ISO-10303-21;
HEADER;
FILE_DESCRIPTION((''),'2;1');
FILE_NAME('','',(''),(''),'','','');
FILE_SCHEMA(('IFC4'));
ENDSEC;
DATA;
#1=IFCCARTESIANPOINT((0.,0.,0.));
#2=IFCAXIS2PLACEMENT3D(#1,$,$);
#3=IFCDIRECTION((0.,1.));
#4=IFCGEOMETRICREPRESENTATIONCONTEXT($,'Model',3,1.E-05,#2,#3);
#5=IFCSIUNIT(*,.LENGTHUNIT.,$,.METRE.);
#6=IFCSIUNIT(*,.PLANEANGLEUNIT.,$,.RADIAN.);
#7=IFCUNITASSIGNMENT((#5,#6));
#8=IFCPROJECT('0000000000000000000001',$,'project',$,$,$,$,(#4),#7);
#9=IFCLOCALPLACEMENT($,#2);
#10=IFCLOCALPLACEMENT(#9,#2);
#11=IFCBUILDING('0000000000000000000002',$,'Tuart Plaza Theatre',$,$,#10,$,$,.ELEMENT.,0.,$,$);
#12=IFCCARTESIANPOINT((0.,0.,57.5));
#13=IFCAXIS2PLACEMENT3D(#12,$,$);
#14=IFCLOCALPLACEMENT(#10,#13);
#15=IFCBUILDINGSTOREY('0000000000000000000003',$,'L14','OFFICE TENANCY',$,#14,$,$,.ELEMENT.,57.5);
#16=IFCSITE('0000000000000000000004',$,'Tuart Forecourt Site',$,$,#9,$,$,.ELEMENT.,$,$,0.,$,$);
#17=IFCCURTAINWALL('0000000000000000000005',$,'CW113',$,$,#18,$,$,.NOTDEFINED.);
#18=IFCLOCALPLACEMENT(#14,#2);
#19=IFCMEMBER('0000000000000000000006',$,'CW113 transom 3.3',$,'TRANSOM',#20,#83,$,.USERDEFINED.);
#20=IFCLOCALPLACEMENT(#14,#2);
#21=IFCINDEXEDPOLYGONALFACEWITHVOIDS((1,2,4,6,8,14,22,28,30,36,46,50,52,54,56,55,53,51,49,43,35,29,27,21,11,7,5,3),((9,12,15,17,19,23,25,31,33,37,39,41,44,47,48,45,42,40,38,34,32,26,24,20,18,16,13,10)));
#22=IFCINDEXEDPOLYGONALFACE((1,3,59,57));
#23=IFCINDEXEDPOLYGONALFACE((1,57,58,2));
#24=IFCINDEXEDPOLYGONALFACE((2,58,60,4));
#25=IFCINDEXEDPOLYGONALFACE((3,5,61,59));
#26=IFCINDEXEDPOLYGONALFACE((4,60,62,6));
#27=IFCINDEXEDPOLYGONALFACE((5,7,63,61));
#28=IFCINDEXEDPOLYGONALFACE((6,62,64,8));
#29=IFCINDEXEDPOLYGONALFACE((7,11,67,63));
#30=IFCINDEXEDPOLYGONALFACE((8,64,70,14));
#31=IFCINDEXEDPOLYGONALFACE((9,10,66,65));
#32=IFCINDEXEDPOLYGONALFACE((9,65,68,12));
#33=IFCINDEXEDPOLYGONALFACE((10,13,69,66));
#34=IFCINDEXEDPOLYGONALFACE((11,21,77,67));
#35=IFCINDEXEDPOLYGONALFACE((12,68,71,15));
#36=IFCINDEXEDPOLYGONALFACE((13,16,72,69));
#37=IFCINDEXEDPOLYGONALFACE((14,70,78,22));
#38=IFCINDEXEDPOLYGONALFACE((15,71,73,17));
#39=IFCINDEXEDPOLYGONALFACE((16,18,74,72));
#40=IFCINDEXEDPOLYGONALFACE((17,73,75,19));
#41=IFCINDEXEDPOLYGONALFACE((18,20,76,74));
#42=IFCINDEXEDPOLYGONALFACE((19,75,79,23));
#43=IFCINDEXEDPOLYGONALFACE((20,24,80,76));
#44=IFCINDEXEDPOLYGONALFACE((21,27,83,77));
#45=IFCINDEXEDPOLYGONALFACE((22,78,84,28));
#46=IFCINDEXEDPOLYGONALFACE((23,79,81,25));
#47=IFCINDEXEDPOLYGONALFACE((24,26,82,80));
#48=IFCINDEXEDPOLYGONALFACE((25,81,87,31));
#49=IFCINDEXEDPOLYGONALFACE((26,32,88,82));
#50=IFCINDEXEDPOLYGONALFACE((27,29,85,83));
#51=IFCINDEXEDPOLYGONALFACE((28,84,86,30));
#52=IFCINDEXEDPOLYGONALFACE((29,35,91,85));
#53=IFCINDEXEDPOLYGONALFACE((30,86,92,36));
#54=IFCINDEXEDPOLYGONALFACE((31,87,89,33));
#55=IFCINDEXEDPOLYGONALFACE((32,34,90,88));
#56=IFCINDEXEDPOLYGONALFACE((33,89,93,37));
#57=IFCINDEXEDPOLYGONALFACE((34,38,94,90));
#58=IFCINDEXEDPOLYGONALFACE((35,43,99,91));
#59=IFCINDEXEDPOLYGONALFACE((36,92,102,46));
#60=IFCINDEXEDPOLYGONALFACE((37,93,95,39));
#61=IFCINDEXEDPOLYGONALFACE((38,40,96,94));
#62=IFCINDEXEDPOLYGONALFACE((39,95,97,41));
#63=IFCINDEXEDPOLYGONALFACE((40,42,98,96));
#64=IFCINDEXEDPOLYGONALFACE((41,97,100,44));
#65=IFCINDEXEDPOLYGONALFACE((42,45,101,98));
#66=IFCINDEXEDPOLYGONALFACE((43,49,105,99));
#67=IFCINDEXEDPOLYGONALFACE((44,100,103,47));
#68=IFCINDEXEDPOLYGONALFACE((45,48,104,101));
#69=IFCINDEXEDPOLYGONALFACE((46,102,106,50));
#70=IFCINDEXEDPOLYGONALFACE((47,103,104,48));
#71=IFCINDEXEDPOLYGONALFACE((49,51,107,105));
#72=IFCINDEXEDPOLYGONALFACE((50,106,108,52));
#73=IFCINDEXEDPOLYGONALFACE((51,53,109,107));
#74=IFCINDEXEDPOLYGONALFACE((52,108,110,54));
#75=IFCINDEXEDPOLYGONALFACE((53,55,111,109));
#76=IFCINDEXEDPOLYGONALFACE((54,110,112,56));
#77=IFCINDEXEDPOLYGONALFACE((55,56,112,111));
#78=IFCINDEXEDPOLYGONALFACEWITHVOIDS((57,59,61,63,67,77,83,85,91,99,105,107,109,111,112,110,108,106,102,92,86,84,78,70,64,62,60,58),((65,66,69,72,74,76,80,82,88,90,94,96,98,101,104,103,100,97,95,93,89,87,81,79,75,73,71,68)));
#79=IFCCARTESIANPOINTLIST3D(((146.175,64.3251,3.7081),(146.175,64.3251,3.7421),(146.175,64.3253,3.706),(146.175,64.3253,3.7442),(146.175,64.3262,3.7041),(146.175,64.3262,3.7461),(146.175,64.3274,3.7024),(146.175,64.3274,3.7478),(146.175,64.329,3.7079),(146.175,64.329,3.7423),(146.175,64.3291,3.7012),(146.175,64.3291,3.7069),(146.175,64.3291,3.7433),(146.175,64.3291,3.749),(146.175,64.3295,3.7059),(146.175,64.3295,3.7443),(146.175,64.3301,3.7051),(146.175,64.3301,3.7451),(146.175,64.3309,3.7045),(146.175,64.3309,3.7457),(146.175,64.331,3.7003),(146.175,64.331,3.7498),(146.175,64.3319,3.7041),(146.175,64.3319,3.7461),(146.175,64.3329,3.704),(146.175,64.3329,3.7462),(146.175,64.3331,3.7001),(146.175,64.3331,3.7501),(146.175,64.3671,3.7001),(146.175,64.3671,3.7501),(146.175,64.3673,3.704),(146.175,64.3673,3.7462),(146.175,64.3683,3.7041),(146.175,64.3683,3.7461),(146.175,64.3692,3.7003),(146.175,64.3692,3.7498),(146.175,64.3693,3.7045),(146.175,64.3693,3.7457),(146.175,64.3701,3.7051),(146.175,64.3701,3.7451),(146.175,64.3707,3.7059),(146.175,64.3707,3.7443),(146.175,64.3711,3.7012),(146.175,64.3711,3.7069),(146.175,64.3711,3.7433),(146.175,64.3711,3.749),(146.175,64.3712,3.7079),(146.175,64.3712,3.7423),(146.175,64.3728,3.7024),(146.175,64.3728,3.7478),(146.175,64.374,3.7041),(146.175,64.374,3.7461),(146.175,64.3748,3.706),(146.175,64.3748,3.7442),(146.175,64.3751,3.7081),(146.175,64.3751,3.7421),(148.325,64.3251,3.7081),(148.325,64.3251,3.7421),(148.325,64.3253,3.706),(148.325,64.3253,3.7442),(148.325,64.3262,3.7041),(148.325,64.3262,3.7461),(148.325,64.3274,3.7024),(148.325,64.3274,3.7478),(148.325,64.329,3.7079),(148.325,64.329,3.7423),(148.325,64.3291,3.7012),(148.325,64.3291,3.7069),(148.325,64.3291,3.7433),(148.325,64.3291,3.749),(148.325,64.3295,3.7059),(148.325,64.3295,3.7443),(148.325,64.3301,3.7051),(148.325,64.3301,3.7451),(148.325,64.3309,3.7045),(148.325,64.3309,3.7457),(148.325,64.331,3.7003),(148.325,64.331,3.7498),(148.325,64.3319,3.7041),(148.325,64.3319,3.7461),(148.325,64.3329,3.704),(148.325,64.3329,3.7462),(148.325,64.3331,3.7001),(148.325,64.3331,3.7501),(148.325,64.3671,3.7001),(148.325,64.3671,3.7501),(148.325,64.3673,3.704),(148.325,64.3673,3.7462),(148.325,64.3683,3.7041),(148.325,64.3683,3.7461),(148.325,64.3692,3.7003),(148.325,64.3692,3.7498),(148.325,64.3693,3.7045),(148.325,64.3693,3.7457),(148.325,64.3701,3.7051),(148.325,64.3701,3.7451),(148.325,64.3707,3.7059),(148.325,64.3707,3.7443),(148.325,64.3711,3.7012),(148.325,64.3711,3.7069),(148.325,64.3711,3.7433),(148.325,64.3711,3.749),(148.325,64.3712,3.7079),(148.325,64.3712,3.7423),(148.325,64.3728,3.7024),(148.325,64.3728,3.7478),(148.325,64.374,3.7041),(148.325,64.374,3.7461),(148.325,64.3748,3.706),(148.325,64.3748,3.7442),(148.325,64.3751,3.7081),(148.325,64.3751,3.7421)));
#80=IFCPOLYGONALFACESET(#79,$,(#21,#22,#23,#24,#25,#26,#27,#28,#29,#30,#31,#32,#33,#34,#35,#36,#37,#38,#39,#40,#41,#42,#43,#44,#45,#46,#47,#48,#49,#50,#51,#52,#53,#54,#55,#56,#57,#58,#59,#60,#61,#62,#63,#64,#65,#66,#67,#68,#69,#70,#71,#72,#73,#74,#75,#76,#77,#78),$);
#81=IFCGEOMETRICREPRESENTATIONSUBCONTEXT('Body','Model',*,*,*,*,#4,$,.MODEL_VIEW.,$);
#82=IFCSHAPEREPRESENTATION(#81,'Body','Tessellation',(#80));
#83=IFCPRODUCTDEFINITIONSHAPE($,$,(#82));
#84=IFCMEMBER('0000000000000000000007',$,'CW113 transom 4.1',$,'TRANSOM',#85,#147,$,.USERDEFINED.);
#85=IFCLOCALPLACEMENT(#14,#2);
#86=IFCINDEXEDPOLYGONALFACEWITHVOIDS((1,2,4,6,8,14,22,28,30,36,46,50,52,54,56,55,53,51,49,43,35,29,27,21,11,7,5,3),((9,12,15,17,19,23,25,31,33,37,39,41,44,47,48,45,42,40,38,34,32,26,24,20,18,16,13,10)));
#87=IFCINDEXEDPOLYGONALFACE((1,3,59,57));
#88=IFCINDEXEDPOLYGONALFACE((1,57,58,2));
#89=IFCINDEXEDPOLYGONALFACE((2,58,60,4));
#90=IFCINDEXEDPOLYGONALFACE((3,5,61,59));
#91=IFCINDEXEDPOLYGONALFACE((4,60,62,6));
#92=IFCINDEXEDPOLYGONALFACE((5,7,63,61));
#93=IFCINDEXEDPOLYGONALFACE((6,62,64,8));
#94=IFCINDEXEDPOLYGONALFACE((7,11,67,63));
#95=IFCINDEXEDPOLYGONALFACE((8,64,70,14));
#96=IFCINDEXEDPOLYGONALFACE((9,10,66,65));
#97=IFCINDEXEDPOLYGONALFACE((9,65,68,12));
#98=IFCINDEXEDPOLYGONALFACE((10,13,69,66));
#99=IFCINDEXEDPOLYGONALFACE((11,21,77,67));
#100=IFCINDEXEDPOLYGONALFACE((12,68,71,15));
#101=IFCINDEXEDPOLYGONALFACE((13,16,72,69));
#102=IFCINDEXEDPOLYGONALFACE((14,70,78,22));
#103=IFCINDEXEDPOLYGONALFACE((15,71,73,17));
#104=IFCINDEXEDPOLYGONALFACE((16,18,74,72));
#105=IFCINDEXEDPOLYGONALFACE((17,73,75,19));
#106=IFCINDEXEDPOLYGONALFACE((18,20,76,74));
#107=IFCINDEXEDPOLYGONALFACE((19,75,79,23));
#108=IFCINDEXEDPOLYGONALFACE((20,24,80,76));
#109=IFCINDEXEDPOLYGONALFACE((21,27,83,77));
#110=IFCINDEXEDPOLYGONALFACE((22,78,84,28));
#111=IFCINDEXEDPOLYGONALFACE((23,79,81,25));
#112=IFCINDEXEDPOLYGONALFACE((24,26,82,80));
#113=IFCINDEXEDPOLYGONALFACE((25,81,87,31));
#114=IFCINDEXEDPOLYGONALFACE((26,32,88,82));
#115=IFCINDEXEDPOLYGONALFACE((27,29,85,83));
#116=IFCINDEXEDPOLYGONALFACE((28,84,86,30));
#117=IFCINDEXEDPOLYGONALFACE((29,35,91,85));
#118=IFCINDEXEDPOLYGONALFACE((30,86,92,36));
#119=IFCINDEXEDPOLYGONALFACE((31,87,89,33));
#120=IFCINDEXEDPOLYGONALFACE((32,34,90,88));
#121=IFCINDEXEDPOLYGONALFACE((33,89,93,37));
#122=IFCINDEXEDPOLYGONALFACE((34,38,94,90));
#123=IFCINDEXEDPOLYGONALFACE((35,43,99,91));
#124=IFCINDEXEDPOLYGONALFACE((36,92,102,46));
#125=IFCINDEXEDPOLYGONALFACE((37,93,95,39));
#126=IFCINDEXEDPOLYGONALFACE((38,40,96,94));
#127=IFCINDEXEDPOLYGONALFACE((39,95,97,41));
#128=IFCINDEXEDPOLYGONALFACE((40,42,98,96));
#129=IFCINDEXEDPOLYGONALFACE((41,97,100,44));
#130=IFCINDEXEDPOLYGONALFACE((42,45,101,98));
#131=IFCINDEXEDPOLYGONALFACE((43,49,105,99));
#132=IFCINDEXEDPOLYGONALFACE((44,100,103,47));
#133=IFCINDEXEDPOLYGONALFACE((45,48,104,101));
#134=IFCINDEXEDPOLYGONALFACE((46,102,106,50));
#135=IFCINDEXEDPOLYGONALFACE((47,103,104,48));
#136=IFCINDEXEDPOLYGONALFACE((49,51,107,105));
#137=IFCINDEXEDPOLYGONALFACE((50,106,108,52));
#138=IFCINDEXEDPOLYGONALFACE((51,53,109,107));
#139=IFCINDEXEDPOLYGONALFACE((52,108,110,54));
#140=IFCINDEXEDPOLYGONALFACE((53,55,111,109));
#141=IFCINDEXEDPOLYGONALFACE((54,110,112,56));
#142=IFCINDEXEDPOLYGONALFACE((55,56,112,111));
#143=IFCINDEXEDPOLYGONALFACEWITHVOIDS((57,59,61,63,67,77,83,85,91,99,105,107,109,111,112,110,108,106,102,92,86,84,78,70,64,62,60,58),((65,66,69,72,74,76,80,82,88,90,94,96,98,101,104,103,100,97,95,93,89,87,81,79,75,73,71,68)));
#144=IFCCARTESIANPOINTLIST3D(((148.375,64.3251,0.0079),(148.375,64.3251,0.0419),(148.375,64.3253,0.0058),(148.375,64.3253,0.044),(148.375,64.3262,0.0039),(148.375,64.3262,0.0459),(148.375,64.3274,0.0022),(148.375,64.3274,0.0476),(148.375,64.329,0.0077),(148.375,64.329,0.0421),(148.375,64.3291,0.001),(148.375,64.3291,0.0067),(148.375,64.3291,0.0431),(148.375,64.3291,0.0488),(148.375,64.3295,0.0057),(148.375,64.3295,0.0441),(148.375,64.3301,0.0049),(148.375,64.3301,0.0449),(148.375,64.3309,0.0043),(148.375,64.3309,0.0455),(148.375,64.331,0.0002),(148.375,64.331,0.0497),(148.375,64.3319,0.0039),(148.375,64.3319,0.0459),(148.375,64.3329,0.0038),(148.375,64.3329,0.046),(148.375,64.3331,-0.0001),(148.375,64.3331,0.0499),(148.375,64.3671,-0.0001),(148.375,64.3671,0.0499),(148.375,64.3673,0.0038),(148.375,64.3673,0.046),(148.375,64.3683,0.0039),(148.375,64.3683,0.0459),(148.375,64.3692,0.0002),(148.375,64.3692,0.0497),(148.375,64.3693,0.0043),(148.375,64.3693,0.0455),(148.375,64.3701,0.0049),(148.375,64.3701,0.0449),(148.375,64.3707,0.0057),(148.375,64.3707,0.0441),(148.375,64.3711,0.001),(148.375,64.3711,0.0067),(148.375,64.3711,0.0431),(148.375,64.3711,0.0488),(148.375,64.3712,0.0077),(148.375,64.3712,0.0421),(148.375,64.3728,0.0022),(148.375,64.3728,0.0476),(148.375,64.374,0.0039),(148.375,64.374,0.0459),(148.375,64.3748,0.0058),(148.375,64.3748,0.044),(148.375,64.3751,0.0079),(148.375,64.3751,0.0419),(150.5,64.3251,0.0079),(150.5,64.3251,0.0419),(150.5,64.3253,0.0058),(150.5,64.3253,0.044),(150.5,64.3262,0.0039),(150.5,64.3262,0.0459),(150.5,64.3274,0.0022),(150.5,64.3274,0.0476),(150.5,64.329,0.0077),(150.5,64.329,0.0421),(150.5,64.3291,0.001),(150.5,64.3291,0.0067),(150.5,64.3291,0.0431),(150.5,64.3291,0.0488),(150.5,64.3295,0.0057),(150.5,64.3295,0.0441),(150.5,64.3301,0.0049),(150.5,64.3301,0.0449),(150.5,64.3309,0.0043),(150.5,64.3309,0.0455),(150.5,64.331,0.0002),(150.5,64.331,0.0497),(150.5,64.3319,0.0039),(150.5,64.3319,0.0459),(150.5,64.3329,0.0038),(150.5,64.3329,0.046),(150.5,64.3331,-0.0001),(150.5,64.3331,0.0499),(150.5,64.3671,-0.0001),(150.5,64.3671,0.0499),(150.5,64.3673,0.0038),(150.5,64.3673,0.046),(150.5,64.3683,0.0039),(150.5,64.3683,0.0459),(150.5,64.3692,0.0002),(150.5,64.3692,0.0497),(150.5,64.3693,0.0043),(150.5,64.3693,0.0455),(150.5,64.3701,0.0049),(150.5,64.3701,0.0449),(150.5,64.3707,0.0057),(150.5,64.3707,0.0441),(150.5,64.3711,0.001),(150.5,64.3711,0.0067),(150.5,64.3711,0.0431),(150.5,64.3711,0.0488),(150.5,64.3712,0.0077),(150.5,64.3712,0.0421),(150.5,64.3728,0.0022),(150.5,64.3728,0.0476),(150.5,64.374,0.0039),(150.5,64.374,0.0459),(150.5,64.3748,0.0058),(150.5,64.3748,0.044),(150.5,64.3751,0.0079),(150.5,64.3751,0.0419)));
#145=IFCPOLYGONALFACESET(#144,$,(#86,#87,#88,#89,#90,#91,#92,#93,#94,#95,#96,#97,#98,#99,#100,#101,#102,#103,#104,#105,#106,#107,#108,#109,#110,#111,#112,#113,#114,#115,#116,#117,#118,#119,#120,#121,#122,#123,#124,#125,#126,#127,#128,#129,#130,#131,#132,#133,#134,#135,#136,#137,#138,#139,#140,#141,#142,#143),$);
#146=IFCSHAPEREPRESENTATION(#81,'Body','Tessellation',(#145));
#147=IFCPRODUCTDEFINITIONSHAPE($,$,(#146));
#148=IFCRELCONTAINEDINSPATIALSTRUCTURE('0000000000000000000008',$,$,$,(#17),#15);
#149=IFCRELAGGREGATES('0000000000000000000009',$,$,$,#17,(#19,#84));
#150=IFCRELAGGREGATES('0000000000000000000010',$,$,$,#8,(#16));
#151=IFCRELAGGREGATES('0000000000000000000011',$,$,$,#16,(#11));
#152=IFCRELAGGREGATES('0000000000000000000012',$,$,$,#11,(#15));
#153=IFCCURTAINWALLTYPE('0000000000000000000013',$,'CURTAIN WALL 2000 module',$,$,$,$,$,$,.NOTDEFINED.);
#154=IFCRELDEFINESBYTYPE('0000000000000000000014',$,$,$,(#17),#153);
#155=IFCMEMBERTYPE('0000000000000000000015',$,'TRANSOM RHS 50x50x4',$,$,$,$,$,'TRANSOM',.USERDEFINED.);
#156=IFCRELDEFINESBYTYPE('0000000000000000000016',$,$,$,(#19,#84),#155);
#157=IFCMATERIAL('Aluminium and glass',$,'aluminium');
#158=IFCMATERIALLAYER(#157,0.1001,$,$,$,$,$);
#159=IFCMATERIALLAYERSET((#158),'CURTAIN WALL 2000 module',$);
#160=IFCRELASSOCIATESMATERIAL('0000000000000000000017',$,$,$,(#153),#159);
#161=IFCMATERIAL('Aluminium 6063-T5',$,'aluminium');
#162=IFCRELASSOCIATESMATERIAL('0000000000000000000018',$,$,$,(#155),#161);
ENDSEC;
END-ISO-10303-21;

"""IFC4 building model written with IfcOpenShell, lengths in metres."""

from ifc_helpers import new_model, si_unit, direction, frame, origin, origin_2d, place, context, subcontext, project, spatial, hollow_rectangle, extrude, material, layer, layer_set, material_profile, profile_set, type_object, element, aggregate, save


model = new_model("IFC4")

# Units and contexts
model_context = context("Model", 3, precision=1e-05, world=origin(), true_north=direction((0.0, 1.0)))
body_context = subcontext(model_context, "Body", "Model", "MODEL_VIEW")
ifc_project = project(units=[si_unit("LENGTHUNIT", "METRE"), si_unit("PLANEANGLEUNIT", "RADIAN")], contexts=[model_context])

# Site, building, storey
site_placement = place(None, origin())
site = spatial("IfcSite", under=ifc_project, at=site_placement, Name="Tuart Forecourt Site", CompositionType="ELEMENT", RefElevation=0.0)
building_placement = place(site_placement, origin())
building = spatial("IfcBuilding", under=site, at=building_placement, Name="Tuart Plaza Theatre", CompositionType="ELEMENT", ElevationOfRefHeight=0.0)
storey_placement = place(building_placement, frame((0.0, 0.0, 57.5)))
storey = spatial("IfcBuildingStorey", under=building, at=storey_placement, Name="L14", Description="OFFICE TENANCY", CompositionType="ELEMENT", Elevation=57.5)

# Curtain wall, members
ifc_material_1 = material(Name="Aluminium and glass", Category="aluminium")
ifc_layer_1 = layer(ifc_material_1, 0.1001)
ifc_layer_set_1 = layer_set([ifc_layer_1], Name="CURTAIN WALL 2000 module")
curtain_wall_type = type_object("IfcCurtainWallType", Name="CURTAIN WALL 2000 module", PredefinedType="NOTDEFINED", material=ifc_layer_set_1)
curtain_wall_placement = place(storey_placement, origin())
curtain_wall = element("IfcCurtainWall", 1, at=curtain_wall_placement, inside=storey, type_object=curtain_wall_type, Name="CW113", PredefinedType="NOTDEFINED")
ifc_material_2 = material(Name="Aluminium 6063-T5", Category="aluminium")
ifc_material_profile_1 = material_profile(ifc_material_2, hollow_rectangle(XDim=0.05, YDim=0.05, WallThickness=0.0039, InnerFilletRadius=0.0039, OuterFilletRadius=0.0081, at=origin_2d()), Name="RHS 50x50x4")
ifc_profile_set_1 = profile_set([ifc_material_profile_1], Name="Aluminium 6063-T5")
member_type_1 = type_object("IfcMemberType", Name="TRANSOM RHS 50x50x4", ElementType="TRANSOM", PredefinedType="USERDEFINED", material=ifc_profile_set_1)
member_1_placement = place(storey_placement, frame((146.175, 64.3501, 3.7251), z_axis=(1.0, 0.0, 0.0), x_axis=(0.0, 1.0, 0.0)))
member_1 = element("IfcMember", 2, at=member_1_placement, type_object=member_type_1, Name="CW113 transom 3.3", ObjectType="TRANSOM", PredefinedType="USERDEFINED", context=body_context, shape_type="SweptSolid", body=[
    extrude(hollow_rectangle(XDim=0.05, YDim=0.05, WallThickness=0.0039, InnerFilletRadius=0.0039, OuterFilletRadius=0.0081, at=origin_2d()), origin(), (0.0, 0.0, 1.0), 2.1499),
])
member_2_placement = place(storey_placement, frame((148.375, 64.3501, 0.0249), z_axis=(1.0, 0.0, 0.0), x_axis=(0.0, 1.0, 0.0)))
member_2 = element("IfcMember", 3, at=member_2_placement, type_object=member_type_1, Name="CW113 transom 4.1", ObjectType="TRANSOM", PredefinedType="USERDEFINED", context=body_context, shape_type="SweptSolid", body=[
    extrude(hollow_rectangle(XDim=0.05, YDim=0.05, WallThickness=0.0039, InnerFilletRadius=0.0039, OuterFilletRadius=0.0081, at=origin_2d()), origin(), (0.0, 0.0, 1.0), 2.125),
])
aggregate(curtain_wall, [member_1, member_2])

save(model, "model.ifc")
